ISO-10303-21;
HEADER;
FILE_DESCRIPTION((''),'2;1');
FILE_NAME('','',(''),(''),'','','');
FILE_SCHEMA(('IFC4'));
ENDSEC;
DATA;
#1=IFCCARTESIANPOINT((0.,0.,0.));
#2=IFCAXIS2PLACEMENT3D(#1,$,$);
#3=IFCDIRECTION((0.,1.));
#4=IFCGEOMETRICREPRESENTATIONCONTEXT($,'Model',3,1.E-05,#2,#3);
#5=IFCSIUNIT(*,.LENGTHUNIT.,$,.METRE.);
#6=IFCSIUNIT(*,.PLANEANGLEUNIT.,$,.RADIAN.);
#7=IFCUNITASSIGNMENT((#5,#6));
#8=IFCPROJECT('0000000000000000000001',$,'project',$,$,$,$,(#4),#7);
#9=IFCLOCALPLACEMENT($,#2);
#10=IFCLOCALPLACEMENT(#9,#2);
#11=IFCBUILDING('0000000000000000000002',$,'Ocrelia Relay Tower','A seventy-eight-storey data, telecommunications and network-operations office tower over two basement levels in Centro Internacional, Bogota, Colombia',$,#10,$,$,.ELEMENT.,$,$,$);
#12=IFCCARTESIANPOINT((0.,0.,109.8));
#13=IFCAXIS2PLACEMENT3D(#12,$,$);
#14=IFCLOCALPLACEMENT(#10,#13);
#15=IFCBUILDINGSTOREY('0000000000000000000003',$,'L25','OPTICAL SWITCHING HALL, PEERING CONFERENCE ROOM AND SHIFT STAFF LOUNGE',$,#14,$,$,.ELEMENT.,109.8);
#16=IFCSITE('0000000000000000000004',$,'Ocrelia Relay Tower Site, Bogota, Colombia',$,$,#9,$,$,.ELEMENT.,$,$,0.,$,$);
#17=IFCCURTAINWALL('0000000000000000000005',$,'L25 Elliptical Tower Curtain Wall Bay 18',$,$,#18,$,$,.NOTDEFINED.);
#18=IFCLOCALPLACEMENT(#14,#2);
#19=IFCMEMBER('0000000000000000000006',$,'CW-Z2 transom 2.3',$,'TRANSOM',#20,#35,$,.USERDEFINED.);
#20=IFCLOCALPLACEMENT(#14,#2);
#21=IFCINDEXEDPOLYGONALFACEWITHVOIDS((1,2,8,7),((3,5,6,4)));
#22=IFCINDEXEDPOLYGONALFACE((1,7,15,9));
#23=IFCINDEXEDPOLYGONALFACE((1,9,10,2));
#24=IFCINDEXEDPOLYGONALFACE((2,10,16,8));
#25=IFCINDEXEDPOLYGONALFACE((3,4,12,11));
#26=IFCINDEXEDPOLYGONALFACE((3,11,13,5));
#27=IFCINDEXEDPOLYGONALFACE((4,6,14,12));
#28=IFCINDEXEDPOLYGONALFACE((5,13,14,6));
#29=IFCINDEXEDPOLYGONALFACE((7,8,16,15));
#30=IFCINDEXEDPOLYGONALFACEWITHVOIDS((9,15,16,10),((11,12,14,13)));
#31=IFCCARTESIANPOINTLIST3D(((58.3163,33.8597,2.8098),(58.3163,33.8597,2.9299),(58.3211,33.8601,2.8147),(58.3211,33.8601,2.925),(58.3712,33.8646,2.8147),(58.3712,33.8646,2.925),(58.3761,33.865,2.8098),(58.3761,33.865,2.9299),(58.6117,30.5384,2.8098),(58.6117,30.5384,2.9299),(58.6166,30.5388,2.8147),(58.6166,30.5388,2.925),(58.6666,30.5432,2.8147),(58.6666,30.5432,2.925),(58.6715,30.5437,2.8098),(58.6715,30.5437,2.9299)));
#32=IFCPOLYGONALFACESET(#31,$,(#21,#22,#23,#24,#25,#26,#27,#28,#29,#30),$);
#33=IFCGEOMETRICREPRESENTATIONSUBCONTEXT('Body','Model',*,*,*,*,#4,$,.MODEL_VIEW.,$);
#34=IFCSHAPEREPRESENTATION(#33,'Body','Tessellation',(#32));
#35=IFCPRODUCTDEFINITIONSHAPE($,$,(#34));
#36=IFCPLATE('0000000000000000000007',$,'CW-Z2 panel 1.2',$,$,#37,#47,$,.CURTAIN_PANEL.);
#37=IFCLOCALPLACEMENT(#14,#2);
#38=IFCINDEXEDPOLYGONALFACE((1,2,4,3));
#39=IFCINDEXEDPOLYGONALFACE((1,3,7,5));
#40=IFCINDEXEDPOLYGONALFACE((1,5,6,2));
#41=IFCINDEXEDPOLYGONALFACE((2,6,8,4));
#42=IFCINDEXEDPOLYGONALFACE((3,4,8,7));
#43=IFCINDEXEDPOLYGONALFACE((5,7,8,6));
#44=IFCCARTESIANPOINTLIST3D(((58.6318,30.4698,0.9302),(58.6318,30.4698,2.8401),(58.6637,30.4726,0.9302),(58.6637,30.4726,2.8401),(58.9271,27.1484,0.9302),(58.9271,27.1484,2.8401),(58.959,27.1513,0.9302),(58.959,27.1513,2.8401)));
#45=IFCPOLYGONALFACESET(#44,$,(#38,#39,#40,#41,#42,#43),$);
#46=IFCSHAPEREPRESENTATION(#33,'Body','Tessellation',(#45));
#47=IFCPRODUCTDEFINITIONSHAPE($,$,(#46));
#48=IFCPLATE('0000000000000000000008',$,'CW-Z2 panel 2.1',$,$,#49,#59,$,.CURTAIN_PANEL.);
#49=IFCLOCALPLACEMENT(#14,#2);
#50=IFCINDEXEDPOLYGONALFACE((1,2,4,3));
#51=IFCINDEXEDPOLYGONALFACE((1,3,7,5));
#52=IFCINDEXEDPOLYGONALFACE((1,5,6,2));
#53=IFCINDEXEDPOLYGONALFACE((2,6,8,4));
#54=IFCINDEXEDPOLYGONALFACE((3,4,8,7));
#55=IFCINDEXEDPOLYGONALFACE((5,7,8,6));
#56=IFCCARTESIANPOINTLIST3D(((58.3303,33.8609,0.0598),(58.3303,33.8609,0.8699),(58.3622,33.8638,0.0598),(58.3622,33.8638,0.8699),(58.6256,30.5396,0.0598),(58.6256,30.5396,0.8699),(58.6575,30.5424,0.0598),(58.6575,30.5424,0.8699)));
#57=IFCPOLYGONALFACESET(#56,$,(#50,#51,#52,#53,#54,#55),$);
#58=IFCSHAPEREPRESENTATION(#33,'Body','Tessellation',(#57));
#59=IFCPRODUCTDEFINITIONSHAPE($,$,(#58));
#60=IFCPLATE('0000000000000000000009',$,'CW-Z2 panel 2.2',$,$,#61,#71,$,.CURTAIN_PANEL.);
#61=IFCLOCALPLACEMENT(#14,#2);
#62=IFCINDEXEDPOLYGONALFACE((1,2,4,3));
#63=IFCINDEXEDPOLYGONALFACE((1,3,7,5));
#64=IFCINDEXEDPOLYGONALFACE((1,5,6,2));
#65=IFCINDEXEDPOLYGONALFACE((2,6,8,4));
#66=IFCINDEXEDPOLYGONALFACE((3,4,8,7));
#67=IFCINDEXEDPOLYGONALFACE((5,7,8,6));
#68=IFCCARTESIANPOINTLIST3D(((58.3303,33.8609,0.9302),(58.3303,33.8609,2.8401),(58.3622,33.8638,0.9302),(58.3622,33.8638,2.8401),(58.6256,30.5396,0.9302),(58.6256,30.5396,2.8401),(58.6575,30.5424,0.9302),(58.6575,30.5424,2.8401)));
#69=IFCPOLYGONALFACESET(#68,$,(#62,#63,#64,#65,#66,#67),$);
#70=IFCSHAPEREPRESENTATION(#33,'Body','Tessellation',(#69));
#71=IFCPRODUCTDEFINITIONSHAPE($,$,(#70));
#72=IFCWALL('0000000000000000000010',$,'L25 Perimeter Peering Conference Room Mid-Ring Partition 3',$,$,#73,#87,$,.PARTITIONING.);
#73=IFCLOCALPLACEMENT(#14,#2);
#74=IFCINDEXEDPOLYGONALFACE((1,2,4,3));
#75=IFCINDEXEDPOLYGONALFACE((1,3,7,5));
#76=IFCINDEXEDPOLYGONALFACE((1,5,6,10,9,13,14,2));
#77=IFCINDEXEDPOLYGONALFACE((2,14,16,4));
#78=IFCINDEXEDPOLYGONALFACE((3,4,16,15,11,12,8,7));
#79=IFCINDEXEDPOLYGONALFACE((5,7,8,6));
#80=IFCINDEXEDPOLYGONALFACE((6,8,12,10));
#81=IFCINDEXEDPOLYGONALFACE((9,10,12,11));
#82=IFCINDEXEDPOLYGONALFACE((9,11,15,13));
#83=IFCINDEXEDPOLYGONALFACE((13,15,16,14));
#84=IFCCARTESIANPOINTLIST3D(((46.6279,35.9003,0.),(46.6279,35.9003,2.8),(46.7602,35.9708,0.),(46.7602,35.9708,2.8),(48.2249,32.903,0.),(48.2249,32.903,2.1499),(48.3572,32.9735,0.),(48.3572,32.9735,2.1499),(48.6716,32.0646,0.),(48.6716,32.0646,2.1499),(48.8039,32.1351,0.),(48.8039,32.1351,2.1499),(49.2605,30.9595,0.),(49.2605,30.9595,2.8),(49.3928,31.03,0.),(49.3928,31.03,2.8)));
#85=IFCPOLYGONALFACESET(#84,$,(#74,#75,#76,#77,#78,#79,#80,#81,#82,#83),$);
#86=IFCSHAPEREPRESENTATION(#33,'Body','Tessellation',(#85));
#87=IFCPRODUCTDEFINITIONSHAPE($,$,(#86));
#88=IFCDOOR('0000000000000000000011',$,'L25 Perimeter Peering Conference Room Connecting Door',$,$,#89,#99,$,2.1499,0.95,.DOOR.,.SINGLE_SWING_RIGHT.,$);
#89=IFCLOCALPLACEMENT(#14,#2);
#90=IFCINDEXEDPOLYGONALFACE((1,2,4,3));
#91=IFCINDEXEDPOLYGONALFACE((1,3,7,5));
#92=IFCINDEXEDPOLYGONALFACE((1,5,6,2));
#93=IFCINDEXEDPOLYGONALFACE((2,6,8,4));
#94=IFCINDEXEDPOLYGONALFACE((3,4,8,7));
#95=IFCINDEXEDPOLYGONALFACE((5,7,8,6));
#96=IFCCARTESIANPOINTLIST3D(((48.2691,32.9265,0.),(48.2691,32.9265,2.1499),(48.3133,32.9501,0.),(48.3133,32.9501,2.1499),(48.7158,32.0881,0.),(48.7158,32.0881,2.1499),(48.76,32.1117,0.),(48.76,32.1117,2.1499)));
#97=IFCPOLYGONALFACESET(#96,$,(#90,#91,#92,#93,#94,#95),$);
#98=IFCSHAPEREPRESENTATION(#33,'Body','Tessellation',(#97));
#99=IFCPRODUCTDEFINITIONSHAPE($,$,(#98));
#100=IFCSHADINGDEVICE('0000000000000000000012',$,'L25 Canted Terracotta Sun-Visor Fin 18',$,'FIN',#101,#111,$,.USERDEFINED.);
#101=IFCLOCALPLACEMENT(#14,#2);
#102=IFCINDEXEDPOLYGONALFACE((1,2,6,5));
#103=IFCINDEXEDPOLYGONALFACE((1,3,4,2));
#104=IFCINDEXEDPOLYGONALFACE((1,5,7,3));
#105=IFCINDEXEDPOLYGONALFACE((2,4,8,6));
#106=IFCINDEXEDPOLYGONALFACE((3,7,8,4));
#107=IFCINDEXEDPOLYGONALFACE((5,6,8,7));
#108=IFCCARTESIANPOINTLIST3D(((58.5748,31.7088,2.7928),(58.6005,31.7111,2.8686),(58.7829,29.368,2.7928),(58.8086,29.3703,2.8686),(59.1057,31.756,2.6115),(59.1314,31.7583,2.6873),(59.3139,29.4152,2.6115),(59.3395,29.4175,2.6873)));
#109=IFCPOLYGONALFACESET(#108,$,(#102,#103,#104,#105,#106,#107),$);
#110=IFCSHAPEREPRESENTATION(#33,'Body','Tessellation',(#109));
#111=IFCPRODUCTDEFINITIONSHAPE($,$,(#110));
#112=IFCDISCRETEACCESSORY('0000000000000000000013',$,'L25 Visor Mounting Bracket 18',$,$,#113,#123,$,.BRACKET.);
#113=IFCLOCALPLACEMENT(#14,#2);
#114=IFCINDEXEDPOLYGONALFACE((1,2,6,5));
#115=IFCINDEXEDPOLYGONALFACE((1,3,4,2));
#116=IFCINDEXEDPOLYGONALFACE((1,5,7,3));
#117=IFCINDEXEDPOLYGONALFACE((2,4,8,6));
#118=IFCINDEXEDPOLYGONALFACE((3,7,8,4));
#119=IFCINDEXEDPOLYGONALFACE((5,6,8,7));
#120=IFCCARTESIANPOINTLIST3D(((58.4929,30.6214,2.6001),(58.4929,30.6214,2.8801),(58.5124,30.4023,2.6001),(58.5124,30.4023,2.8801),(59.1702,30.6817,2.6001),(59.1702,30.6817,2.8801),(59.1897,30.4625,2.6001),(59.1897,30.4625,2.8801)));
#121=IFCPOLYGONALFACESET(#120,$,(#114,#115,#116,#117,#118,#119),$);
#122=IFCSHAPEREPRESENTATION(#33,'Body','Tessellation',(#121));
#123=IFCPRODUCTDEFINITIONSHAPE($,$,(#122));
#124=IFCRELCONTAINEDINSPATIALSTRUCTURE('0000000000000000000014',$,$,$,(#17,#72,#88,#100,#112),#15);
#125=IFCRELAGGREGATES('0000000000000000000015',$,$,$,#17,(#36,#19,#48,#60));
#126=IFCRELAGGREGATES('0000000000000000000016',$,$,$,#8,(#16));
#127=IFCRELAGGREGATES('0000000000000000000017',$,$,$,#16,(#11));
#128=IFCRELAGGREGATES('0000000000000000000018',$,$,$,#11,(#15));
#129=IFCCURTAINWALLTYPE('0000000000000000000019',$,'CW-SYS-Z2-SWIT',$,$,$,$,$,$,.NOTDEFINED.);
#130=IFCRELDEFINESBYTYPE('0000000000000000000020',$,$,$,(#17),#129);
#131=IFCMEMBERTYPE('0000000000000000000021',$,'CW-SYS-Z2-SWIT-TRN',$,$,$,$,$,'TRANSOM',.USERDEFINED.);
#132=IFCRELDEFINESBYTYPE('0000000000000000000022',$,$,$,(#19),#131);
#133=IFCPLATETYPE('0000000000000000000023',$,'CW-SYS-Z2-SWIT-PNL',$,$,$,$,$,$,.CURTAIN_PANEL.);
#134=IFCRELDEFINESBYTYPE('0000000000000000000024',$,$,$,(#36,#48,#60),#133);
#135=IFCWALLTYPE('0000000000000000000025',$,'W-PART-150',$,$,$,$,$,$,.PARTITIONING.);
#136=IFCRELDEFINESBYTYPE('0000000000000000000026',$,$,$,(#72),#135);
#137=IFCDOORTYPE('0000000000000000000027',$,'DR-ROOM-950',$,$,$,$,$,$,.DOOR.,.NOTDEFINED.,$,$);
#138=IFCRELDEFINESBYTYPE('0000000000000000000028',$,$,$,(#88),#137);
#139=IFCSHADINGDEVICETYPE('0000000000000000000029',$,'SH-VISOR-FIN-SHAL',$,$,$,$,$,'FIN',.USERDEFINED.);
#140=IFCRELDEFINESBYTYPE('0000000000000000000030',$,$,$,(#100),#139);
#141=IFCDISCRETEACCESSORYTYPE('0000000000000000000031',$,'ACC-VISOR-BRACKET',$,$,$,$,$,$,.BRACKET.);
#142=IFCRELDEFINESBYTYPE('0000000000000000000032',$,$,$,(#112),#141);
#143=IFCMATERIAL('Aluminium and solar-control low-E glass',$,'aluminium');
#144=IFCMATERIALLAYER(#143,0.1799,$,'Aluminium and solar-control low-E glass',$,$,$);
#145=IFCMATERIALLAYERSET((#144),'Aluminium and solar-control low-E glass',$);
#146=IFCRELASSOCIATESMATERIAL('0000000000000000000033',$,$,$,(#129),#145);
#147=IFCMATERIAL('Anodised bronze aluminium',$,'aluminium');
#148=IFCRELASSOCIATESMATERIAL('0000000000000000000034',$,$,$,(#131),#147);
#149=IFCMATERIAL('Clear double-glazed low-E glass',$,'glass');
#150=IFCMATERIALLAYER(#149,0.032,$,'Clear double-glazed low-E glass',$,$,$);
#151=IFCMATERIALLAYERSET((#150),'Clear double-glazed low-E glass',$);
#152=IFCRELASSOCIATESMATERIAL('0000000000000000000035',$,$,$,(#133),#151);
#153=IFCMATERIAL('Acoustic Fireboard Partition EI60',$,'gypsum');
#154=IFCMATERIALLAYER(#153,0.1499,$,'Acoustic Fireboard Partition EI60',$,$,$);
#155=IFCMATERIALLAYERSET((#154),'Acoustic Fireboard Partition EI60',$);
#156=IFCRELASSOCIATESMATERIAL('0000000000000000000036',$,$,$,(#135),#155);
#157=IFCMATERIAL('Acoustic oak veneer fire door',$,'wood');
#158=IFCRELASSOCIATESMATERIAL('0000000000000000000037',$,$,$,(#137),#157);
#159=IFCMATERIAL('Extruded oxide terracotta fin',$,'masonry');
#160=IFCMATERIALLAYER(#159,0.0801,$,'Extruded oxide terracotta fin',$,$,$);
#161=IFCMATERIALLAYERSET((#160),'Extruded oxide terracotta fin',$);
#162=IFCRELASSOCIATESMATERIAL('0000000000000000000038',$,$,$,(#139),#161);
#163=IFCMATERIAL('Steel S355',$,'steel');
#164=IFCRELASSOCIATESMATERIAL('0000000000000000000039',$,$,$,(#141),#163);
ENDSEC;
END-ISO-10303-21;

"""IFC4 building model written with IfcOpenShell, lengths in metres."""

from ifc_helpers import new_model, si_unit, direction, frame, frame_2d, origin, origin_2d, place, context, subcontext, project, spatial, rectangle, hollow_rectangle, extrude, material, layer, layer_set, material_profile, profile_set, type_object, element, fill, aggregate, save


model = new_model("IFC4")

# Units and contexts
model_context = context("Model", 3, precision=1e-05, world=origin(), true_north=direction((0.0, 1.0)))
body_context = subcontext(model_context, "Body", "Model", "MODEL_VIEW")
ifc_project = project(units=[si_unit("LENGTHUNIT", "METRE"), si_unit("PLANEANGLEUNIT", "RADIAN")], contexts=[model_context])

# Site, building, storey
site_placement = place(None, origin())
site = spatial("IfcSite", under=ifc_project, at=site_placement, Name="Ocrelia Relay Tower Site, Bogota, Colombia", CompositionType="ELEMENT", RefElevation=0.0)
building_placement = place(site_placement, origin())
building = spatial("IfcBuilding", under=site, at=building_placement, Name="Ocrelia Relay Tower", Description="A seventy-eight-storey data, telecommunications and network-operations office tower over two basement levels in Centro Internacional, Bogota, Colombia", CompositionType="ELEMENT")
storey_placement = place(building_placement, frame((0.0, 0.0, 109.8)))
storey = spatial("IfcBuildingStorey", under=building, at=storey_placement, Name="L25", Description="OPTICAL SWITCHING HALL, PEERING CONFERENCE ROOM AND SHIFT STAFF LOUNGE", CompositionType="ELEMENT", Elevation=109.8)

# Shared definitions
ifc_material_1 = material(Name="Steel S355", Category="steel")

# Shared definitions
ifc_material_2 = material(Name="Aluminium and solar-control low-E glass", Category="aluminium")
ifc_layer_1 = layer(ifc_material_2, 0.1799, Name="Aluminium and solar-control low-E glass")
ifc_layer_set_1 = layer_set([ifc_layer_1], Name="Aluminium and solar-control low-E glass")
curtain_wall_type = type_object("IfcCurtainWallType", Name="CW-SYS-Z2-SWIT", PredefinedType="NOTDEFINED", material=ifc_layer_set_1)
ifc_material_3 = material(Name="Anodised bronze aluminium", Category="aluminium")

# Curtain wall
curtain_wall_1_placement = place(storey_placement, origin())
curtain_wall_1 = element("IfcCurtainWall", 1, at=curtain_wall_1_placement, inside=storey, type_object=curtain_wall_type, Name="L25 Elliptical Tower Curtain Wall Bay 18", PredefinedType="NOTDEFINED")

# Member
ifc_material_profile_1 = material_profile(ifc_material_3, hollow_rectangle(XDim=0.0601, YDim=0.1201, WallThickness=0.0049, at=origin_2d()), Name="CW-TRN-120x60")
ifc_profile_set_1 = profile_set([ifc_material_profile_1], Name="Anodised bronze aluminium")
member_type_1 = type_object("IfcMemberType", Name="CW-SYS-Z2-SWIT-TRN", ElementType="TRANSOM", PredefinedType="USERDEFINED", material=ifc_profile_set_1)
member_1_placement = place(storey_placement, frame((58.6416, 30.541, 2.8699), z_axis=(-0.088595, 0.996068, 0.0), x_axis=(-0.996068, -0.088595, 0.0)))
member_1 = element("IfcMember", 2, at=member_1_placement, type_object=member_type_1, Name="CW-Z2 transom 2.3", ObjectType="TRANSOM", PredefinedType="USERDEFINED", context=body_context, shape_type="SweptSolid", body=[
    extrude(hollow_rectangle(XDim=0.0601, YDim=0.1201, WallThickness=0.0049, at=origin_2d()), origin(), (0.0, 0.0, 1.0), 3.3345),
])

# Plates
ifc_material_4 = material(Name="Clear double-glazed low-E glass", Category="glass")
ifc_layer_2 = layer(ifc_material_4, 0.032, Name="Clear double-glazed low-E glass")
ifc_layer_set_2 = layer_set([ifc_layer_2], Name="Clear double-glazed low-E glass")
plate_type = type_object("IfcPlateType", Name="CW-SYS-Z2-SWIT-PNL", PredefinedType="CURTAIN_PANEL", material=ifc_layer_set_2)
plate_1_placement = place(storey_placement, frame((58.7954, 28.8105, 0.9302), z_axis=(0.0, 0.0, 1.0), x_axis=(-0.088558, 0.996071, 0.0)))
plate_1 = element("IfcPlate", 3, at=plate_1_placement, type_object=plate_type, Name="CW-Z2 panel 1.2", PredefinedType="CURTAIN_PANEL", context=body_context, shape_type="SweptSolid", body=[
    extrude(rectangle(XDim=3.3345, YDim=0.032, at=origin_2d()), origin(), (0.0, 0.0, 1.0), 1.9099),
])
plate_2_placement = place(storey_placement, frame((58.4939, 32.2017, 0.0598), z_axis=(0.0, 0.0, 1.0), x_axis=(-0.088558, 0.996071, 0.0)))
plate_2 = element("IfcPlate", 4, at=plate_2_placement, type_object=plate_type, Name="CW-Z2 panel 2.1", PredefinedType="CURTAIN_PANEL", context=body_context, shape_type="SweptSolid", body=[
    extrude(rectangle(XDim=3.3345, YDim=0.032, at=origin_2d()), origin(), (0.0, 0.0, 1.0), 0.8101),
])
plate_3_placement = place(storey_placement, frame((58.4939, 32.2017, 0.9302), z_axis=(0.0, 0.0, 1.0), x_axis=(-0.088558, 0.996071, 0.0)))
plate_3 = element("IfcPlate", 5, at=plate_3_placement, type_object=plate_type, Name="CW-Z2 panel 2.2", PredefinedType="CURTAIN_PANEL", context=body_context, shape_type="SweptSolid", body=[
    extrude(rectangle(XDim=3.3345, YDim=0.032, at=origin_2d()), origin(), (0.0, 0.0, 1.0), 1.9099),
])
aggregate(curtain_wall_1, [plate_1, member_1, plate_2, plate_3])

# Wall, opening, door
ifc_material_5 = material(Name="Acoustic Fireboard Partition EI60", Category="gypsum")
ifc_layer_3 = layer(ifc_material_5, 0.1499, Name="Acoustic Fireboard Partition EI60")
ifc_layer_set_3 = layer_set([ifc_layer_3], Name="Acoustic Fireboard Partition EI60")
wall_type = type_object("IfcWallType", Name="W-PART-150", PredefinedType="PARTITIONING", material=ifc_layer_set_3)
wall_placement = place(storey_placement, frame((49.3267, 30.9946, 0.0), z_axis=(0.0, 0.0, 1.0), x_axis=(-0.470228, 0.882545, 0.0)))
wall = element("IfcWall", 6, at=wall_placement, inside=storey, type_object=wall_type, Name="L25 Perimeter Peering Conference Room Mid-Ring Partition 3", PredefinedType="PARTITIONING", context=body_context, shape_type="SweptSolid", body=[
    extrude(rectangle(XDim=5.5984, YDim=0.1499, at=frame_2d((2.7993, 0.0))), origin(), (0.0, 0.0, 1.0), 2.8),
])
opening_placement = place(wall_placement, frame((1.2522, 0.0, 0.0)))
opening = element("IfcOpeningElement", 7, at=opening_placement, cuts=wall, PredefinedType="OPENING", context=body_context, shape_type="SweptSolid", body=[
    extrude(rectangle(XDim=0.95, YDim=2.1499, at=frame_2d((0.4751, 1.075))), frame((0.0, 0.085, 0.0), z_axis=(0.0, -1.0, 0.0), x_axis=(1.0, 0.0, 0.0)), (0.0, 0.0, 1.0), 0.1699),
])
ifc_material_6 = material(Name="Acoustic oak veneer fire door", Category="wood")
door_type = type_object("IfcDoorType", Name="DR-ROOM-950", OperationType="NOTDEFINED", PredefinedType="DOOR", material=ifc_material_6)
door_placement = place(opening_placement, origin())
door = element("IfcDoor", 8, at=door_placement, inside=storey, type_object=door_type, Name="L25 Perimeter Peering Conference Room Connecting Door", OperationType="SINGLE_SWING_RIGHT", OverallHeight=2.1499, OverallWidth=0.95, PredefinedType="DOOR", context=body_context, shape_type="SweptSolid", body=[
    extrude(rectangle(XDim=0.95, YDim=2.1499, at=frame_2d((0.4751, 1.075))), frame((0.0, 0.0249, 0.0), z_axis=(0.0, -1.0, 0.0), x_axis=(1.0, 0.0, 0.0)), (0.0, 0.0, 1.0), 0.05),
])
fill(opening, door)

# Shading device
ifc_material_7 = material(Name="Extruded oxide terracotta fin", Category="masonry")
ifc_layer_4 = layer(ifc_material_7, 0.0801, Name="Extruded oxide terracotta fin")
ifc_layer_set_4 = layer_set([ifc_layer_4], Name="Extruded oxide terracotta fin")
shading_device_type = type_object("IfcShadingDeviceType", Name="SH-VISOR-FIN-SHAL", ElementType="FIN", PredefinedType="USERDEFINED", material=ifc_layer_set_4)
shading_device_placement = place(storey_placement, frame((58.9443, 30.562, 2.7021), z_axis=(0.32067, 0.02851, 0.946762), x_axis=(-0.088558, 0.996071, 0.0)))
element("IfcShadingDevice", 9, at=shading_device_placement, inside=storey, type_object=shading_device_type, Name="L25 Canted Terracotta Sun-Visor Fin 18", ObjectType="FIN", PredefinedType="USERDEFINED", context=body_context, shape_type="SweptSolid", body=[
    extrude(rectangle(XDim=2.3501, YDim=0.563, at=origin_2d()), origin(), (0.0, 0.0, 1.0), 0.0801),
])

# Discrete accessory
discrete_accessory_type = type_object("IfcDiscreteAccessoryType", Name="ACC-VISOR-BRACKET", PredefinedType="BRACKET", material=ifc_material_1)
discrete_accessory_placement = place(storey_placement, frame((58.8413, 30.542, 2.6001), z_axis=(0.0, 0.0, 1.0), x_axis=(-0.088558, 0.996071, 0.0)))
element("IfcDiscreteAccessory", 10, at=discrete_accessory_placement, inside=storey, type_object=discrete_accessory_type, Name="L25 Visor Mounting Bracket 18", PredefinedType="BRACKET", context=body_context, shape_type="SweptSolid", body=[
    extrude(rectangle(XDim=0.22, YDim=0.6799, at=origin_2d()), origin(), (0.0, 0.0, 1.0), 0.28),
])

save(model, "model.ifc")
